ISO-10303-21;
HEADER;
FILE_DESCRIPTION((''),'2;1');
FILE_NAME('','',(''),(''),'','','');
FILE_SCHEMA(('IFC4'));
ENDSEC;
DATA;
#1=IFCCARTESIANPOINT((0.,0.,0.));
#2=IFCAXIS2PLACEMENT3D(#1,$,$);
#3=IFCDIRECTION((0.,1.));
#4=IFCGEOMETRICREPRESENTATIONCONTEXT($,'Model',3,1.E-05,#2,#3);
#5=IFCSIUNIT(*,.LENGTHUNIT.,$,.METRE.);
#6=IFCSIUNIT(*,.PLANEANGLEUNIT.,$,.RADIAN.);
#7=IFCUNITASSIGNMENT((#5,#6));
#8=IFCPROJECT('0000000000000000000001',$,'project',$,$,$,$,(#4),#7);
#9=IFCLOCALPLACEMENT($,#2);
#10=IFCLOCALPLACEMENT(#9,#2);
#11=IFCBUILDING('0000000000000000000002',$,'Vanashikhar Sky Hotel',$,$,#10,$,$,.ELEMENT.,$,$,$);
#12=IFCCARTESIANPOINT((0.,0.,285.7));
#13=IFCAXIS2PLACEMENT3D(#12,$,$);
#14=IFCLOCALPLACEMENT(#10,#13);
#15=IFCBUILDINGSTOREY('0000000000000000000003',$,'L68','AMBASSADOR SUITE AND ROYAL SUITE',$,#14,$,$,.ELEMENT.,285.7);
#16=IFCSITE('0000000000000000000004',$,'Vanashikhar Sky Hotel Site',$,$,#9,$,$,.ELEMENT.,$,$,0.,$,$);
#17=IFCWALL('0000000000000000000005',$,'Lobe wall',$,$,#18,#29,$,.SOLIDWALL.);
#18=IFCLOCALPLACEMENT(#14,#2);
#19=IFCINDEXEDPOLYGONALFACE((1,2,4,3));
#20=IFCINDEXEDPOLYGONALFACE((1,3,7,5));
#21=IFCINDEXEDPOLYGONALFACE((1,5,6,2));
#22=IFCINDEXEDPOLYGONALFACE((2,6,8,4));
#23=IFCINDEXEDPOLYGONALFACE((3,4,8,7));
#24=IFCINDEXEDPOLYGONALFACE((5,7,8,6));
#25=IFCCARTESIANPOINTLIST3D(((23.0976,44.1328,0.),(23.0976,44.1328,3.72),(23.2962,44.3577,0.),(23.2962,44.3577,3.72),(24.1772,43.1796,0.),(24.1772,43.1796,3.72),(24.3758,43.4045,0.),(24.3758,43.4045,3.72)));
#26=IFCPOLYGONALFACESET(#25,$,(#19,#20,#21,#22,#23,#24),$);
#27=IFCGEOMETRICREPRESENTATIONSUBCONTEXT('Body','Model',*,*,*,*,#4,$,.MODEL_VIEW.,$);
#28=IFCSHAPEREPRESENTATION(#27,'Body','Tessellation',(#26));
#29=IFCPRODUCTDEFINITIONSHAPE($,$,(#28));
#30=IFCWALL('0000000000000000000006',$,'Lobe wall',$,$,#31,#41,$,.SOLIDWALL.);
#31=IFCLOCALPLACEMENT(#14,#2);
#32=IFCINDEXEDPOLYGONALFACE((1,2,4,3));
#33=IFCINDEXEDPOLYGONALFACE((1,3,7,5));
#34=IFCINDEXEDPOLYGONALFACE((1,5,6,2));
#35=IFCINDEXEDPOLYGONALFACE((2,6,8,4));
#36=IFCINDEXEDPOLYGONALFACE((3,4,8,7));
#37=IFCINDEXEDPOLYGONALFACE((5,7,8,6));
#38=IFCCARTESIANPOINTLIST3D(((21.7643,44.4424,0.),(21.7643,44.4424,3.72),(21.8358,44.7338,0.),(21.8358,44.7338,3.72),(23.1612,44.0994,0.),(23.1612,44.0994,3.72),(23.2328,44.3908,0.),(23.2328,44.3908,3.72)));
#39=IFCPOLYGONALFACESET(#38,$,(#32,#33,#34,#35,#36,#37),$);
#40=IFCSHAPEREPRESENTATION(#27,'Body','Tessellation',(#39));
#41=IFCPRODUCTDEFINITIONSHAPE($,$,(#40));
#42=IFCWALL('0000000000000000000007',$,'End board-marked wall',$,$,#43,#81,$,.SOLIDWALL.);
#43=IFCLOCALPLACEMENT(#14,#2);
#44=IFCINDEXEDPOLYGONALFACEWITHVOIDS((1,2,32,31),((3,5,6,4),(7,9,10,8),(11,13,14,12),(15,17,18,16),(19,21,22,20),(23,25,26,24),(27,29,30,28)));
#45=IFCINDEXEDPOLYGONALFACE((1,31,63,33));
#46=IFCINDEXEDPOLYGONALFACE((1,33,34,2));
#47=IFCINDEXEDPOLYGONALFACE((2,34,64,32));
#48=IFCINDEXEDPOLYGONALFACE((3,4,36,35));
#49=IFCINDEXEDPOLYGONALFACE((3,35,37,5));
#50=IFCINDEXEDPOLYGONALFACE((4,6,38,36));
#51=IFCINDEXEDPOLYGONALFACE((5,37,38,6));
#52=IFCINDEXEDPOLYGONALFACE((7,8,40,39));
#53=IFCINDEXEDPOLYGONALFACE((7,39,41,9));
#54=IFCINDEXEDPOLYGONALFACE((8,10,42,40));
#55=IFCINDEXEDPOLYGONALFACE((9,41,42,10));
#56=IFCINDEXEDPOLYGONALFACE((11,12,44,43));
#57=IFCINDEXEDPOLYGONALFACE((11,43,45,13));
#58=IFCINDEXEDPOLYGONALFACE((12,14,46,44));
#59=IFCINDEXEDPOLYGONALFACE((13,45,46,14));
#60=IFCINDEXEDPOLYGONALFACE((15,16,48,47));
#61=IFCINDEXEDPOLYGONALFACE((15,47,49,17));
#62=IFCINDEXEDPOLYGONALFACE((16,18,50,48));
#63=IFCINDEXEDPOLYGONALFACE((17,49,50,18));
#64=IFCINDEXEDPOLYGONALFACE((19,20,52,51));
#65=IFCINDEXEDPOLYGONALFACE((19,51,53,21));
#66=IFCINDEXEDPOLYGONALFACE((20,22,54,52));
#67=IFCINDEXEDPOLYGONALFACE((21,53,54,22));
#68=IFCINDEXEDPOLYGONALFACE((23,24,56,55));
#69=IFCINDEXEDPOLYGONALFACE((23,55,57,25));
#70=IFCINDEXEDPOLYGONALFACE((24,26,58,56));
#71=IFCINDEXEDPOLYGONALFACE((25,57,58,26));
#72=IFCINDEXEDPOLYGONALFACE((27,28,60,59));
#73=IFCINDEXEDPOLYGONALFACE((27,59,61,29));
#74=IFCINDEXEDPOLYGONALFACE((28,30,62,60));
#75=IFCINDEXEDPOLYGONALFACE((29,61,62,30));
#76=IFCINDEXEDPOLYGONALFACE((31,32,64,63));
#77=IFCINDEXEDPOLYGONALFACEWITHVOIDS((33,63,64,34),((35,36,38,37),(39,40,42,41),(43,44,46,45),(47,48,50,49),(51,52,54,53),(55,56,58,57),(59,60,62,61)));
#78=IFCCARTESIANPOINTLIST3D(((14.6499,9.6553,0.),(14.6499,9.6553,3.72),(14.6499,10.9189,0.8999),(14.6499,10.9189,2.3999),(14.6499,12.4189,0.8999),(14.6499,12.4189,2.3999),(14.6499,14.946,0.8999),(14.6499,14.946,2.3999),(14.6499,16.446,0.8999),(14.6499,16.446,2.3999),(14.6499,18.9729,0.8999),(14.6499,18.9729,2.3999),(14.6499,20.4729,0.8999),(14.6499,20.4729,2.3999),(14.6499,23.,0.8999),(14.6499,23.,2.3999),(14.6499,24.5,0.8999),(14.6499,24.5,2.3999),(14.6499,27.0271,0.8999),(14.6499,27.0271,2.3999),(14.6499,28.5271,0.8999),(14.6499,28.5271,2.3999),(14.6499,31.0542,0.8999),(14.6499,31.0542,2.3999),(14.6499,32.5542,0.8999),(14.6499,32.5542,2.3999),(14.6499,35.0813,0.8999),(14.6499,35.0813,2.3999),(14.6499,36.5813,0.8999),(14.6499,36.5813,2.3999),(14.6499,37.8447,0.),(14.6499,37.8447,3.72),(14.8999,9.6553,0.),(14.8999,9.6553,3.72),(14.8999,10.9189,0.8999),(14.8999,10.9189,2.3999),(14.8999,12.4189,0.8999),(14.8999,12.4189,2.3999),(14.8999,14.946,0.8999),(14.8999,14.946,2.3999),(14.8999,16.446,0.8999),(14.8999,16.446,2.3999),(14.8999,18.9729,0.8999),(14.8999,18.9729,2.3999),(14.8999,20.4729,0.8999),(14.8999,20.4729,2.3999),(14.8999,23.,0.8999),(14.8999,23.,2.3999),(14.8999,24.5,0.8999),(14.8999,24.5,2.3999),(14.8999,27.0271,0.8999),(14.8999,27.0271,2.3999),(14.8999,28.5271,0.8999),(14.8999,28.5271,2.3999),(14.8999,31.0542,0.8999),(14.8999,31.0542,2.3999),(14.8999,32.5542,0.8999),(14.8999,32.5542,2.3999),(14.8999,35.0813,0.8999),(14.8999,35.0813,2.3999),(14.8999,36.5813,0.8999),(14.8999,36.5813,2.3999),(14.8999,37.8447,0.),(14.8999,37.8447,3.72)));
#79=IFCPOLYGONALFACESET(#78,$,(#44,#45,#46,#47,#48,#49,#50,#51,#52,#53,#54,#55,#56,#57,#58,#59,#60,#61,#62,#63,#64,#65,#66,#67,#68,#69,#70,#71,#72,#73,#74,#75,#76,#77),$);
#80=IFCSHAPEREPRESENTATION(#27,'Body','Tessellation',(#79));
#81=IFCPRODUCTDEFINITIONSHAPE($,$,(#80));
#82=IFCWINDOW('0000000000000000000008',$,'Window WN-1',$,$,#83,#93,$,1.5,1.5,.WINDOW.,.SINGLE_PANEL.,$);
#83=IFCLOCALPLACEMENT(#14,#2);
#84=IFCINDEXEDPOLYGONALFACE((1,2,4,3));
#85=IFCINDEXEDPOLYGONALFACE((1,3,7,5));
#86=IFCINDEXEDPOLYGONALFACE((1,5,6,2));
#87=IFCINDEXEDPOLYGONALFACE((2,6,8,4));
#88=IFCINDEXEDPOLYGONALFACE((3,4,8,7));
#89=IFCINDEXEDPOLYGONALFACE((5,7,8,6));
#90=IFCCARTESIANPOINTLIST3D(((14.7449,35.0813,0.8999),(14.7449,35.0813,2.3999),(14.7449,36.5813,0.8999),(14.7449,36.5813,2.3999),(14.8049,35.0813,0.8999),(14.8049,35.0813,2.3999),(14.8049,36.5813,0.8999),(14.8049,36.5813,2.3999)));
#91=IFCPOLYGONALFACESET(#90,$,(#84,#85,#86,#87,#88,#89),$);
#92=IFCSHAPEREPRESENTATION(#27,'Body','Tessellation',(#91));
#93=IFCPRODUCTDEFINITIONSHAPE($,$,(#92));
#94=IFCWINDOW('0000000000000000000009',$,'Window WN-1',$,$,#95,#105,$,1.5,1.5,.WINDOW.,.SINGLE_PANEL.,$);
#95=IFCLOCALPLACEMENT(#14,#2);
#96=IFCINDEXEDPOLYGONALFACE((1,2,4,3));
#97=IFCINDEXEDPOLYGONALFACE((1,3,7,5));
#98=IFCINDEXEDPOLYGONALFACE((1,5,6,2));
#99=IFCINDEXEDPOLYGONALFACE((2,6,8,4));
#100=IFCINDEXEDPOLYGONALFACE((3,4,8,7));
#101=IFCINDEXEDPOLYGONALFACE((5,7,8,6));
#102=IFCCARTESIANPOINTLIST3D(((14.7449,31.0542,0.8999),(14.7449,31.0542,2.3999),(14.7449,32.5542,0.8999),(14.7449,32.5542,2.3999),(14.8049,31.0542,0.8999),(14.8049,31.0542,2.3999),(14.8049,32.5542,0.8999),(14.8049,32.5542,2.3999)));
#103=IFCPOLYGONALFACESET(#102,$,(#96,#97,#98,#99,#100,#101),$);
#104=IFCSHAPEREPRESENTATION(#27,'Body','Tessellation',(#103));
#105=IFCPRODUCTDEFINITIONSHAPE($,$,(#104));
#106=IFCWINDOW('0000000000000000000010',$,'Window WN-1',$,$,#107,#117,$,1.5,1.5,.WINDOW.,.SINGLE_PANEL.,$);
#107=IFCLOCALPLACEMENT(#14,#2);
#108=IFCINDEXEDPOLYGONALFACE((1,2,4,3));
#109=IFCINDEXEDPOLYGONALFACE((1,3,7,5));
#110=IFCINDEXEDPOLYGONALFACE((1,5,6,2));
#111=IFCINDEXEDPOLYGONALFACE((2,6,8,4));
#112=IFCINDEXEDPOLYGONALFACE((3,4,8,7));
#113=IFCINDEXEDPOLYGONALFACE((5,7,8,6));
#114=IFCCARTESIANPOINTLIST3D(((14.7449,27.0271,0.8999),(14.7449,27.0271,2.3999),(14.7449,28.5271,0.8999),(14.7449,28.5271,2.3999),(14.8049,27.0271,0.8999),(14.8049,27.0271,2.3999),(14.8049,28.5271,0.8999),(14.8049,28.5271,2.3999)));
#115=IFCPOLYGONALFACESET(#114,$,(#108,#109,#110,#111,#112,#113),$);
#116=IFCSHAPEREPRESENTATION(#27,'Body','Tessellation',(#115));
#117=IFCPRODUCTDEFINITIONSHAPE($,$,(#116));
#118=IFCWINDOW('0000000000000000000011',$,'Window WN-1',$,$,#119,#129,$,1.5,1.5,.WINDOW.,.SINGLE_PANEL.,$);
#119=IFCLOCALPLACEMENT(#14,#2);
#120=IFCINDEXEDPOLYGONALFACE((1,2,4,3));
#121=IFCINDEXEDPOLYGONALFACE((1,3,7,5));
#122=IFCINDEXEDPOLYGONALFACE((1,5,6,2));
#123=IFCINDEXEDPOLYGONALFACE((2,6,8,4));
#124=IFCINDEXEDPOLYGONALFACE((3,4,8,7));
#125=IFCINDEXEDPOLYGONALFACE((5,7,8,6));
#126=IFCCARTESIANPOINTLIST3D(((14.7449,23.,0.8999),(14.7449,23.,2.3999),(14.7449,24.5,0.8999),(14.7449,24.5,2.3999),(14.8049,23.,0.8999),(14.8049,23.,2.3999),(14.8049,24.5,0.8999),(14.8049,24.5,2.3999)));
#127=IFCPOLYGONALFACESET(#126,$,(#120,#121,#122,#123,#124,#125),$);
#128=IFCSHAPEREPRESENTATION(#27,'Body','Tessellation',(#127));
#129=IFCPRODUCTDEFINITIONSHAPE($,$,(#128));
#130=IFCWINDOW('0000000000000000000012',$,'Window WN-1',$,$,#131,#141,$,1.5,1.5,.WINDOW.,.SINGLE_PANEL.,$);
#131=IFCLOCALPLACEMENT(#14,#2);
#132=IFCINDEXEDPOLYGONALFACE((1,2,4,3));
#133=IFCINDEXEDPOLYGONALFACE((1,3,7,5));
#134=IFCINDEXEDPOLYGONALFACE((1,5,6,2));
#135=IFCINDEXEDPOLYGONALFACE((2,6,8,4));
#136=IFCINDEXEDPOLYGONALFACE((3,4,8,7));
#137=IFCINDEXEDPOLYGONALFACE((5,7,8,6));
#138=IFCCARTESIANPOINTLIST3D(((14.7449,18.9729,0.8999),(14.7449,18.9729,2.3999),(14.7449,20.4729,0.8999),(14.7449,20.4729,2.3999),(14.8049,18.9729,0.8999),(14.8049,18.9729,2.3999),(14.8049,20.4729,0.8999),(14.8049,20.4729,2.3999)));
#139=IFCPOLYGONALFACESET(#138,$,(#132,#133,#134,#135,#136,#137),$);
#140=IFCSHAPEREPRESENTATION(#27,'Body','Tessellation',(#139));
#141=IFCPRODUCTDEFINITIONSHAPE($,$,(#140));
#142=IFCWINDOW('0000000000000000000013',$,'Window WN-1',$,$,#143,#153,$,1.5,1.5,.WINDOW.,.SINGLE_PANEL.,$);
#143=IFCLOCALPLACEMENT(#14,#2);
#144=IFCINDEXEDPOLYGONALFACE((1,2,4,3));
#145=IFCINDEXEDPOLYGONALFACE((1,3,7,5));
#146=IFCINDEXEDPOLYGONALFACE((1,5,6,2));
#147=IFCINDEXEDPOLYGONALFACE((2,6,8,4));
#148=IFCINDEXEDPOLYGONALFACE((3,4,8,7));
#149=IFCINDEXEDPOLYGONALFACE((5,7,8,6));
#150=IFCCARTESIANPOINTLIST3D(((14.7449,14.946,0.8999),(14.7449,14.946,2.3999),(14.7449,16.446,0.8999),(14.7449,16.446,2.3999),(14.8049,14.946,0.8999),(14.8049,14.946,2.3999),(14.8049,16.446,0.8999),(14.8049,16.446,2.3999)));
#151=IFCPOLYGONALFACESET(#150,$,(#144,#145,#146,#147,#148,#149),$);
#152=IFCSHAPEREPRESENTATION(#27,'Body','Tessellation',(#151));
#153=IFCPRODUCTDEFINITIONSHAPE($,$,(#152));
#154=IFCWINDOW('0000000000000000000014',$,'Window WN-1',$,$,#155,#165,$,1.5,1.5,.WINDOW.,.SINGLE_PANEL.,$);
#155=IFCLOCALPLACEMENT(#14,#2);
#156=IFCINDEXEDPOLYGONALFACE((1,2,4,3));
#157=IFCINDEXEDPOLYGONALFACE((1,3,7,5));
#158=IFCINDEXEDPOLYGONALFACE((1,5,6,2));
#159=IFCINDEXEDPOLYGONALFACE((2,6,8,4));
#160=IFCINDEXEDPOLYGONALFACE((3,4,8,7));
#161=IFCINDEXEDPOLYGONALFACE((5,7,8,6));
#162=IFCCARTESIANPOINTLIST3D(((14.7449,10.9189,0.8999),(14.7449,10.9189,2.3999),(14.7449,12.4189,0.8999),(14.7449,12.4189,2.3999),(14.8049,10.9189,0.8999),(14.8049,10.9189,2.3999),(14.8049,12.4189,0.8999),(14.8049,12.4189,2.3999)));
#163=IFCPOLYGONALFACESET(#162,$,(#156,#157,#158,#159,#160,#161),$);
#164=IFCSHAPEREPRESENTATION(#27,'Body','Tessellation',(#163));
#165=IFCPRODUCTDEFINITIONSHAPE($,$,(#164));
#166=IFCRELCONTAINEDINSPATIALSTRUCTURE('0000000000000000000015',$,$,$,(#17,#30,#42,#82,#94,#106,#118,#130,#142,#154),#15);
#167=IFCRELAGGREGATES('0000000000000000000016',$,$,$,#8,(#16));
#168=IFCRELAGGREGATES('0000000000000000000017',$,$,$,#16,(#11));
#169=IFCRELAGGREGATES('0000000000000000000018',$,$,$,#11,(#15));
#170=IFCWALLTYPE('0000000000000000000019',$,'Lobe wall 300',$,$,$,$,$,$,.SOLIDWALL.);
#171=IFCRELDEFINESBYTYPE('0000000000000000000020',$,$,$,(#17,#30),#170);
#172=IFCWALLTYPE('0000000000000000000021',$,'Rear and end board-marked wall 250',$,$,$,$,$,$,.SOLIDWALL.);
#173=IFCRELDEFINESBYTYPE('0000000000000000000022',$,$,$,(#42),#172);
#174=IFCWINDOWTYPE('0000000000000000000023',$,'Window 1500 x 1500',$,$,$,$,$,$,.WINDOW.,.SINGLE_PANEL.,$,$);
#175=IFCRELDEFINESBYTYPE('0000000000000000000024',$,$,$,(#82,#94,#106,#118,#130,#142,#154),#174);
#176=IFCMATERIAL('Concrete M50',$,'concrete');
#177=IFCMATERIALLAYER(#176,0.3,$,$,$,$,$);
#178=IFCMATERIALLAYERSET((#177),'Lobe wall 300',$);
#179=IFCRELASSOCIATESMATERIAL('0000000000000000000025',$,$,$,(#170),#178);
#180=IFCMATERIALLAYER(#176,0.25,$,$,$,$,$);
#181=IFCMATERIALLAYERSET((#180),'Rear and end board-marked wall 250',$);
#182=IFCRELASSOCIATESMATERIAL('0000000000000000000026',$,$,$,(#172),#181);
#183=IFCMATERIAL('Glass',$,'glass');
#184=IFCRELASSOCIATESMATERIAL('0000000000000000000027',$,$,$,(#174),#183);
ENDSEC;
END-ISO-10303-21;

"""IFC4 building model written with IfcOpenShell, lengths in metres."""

from ifc_helpers import new_model, si_unit, direction, frame, frame_2d, origin, place, context, subcontext, project, spatial, rectangle, extrude, source, transform, mapped, material, layer, layer_set, type_object, element, fill, save


model = new_model("IFC4")

# Units and contexts
model_context = context("Model", 3, precision=1e-05, world=origin(), true_north=direction((0.0, 1.0)))
body_context = subcontext(model_context, "Body", "Model", "MODEL_VIEW")
ifc_project = project(units=[si_unit("LENGTHUNIT", "METRE"), si_unit("PLANEANGLEUNIT", "RADIAN")], contexts=[model_context])

# Site, building, storey
site_placement = place(None, origin())
site = spatial("IfcSite", under=ifc_project, at=site_placement, Name="Vanashikhar Sky Hotel Site", CompositionType="ELEMENT", RefElevation=0.0)
building_placement = place(site_placement, origin())
building = spatial("IfcBuilding", under=site, at=building_placement, Name="Vanashikhar Sky Hotel", CompositionType="ELEMENT")
storey_placement = place(building_placement, frame((0.0, 0.0, 285.7)))
storey = spatial("IfcBuildingStorey", under=building, at=storey_placement, Name="L68", Description="AMBASSADOR SUITE AND ROYAL SUITE", CompositionType="ELEMENT", Elevation=285.7)

# Shared definitions
ifc_material_1 = material(Name="Concrete M50", Category="concrete")

# Shared definitions
ifc_layer_1 = layer(ifc_material_1, 0.3)
ifc_layer_set_1 = layer_set([ifc_layer_1], Name="Lobe wall 300")
wall_type_1 = type_object("IfcWallType", Name="Lobe wall 300", PredefinedType="SOLIDWALL", material=ifc_layer_set_1)
ifc_material_2 = material(Name="Glass", Category="glass")

# Walls
shared_shape_1 = source(origin(), body_context, "Body", "SweptSolid", [
    extrude(rectangle(XDim=1.4402, YDim=0.3, at=frame_2d((0.7202, 0.0))), origin(), (0.0, 0.0, 1.0), 3.72),
])
wall_1_placement = place(storey_placement, frame((24.2766, 43.292, 0.0), z_axis=(0.0, 0.0, 1.0), x_axis=(-0.74965, 0.661835, 0.0)))
element("IfcWall", 1, at=wall_1_placement, inside=storey, type_object=wall_type_1, Name="Lobe wall", PredefinedType="SOLIDWALL", context=body_context, shape_type="MappedRepresentation", body=[
    mapped(shared_shape_1, transform((0.0, 0.0, 0.0), scale=1.0)),
])
shared_shape_2 = source(origin(), body_context, "Body", "SweptSolid", [
    extrude(rectangle(XDim=1.4385, YDim=0.3, at=frame_2d((0.7192, 0.0))), origin(), (0.0, 0.0, 1.0), 3.72),
])
wall_2_placement = place(storey_placement, frame((23.197, 44.2451, 0.0), z_axis=(0.0, 0.0, 1.0), x_axis=(-0.971152, 0.23846, 0.0)))
element("IfcWall", 2, at=wall_2_placement, inside=storey, type_object=wall_type_1, Name="Lobe wall", PredefinedType="SOLIDWALL", context=body_context, shape_type="MappedRepresentation", body=[
    mapped(shared_shape_2, transform((0.0, 0.0, 0.0), scale=1.0)),
])

# Wall, openings, windows
ifc_layer_2 = layer(ifc_material_1, 0.25)
ifc_layer_set_2 = layer_set([ifc_layer_2], Name="Rear and end board-marked wall 250")
wall_type_2 = type_object("IfcWallType", Name="Rear and end board-marked wall 250", PredefinedType="SOLIDWALL", material=ifc_layer_set_2)
shared_shape_3 = source(origin(), body_context, "Body", "SweptSolid", [
    extrude(rectangle(XDim=28.1895, YDim=0.25, at=frame_2d((14.0947, 0.0))), origin(), (0.0, 0.0, 1.0), 3.72),
])
wall_3_placement = place(storey_placement, frame((14.7749, 37.8447, 0.0), z_axis=(0.0, 0.0, 1.0), x_axis=(0.0, -1.0, 0.0)))
wall_3 = element("IfcWall", 3, at=wall_3_placement, inside=storey, type_object=wall_type_2, Name="End board-marked wall", PredefinedType="SOLIDWALL", context=body_context, shape_type="MappedRepresentation", body=[
    mapped(shared_shape_3, transform((0.0, 0.0, 0.0), scale=1.0)),
])
shared_shape_4 = source(origin(), body_context, "Body", "SweptSolid", [
    extrude(rectangle(XDim=1.5, YDim=1.5, at=frame_2d((0.75, 0.75))), frame((0.0, 0.135, 0.0), z_axis=(0.0, -1.0, 0.0), x_axis=(1.0, 0.0, 0.0)), (0.0, 0.0, 1.0), 0.27),
])
opening_1_placement = place(wall_3_placement, frame((1.2634, 0.0, 0.8999)))
opening_1 = element("IfcOpeningElement", 4, at=opening_1_placement, cuts=wall_3, PredefinedType="OPENING", context=body_context, shape_type="MappedRepresentation", body=[
    mapped(shared_shape_4, transform((0.0, 0.0, 0.0), scale=1.0)),
])
opening_2_placement = place(wall_3_placement, frame((5.2905, 0.0, 0.8999)))
opening_2 = element("IfcOpeningElement", 5, at=opening_2_placement, cuts=wall_3, PredefinedType="OPENING", context=body_context, shape_type="MappedRepresentation", body=[
    mapped(shared_shape_4, transform((0.0, 0.0, 0.0), scale=1.0)),
])
opening_3_placement = place(wall_3_placement, frame((9.3176, 0.0, 0.8999)))
opening_3 = element("IfcOpeningElement", 6, at=opening_3_placement, cuts=wall_3, PredefinedType="OPENING", context=body_context, shape_type="MappedRepresentation", body=[
    mapped(shared_shape_4, transform((0.0, 0.0, 0.0), scale=1.0)),
])
opening_4_placement = place(wall_3_placement, frame((13.3447, 0.0, 0.8999)))
opening_4 = element("IfcOpeningElement", 7, at=opening_4_placement, cuts=wall_3, PredefinedType="OPENING", context=body_context, shape_type="MappedRepresentation", body=[
    mapped(shared_shape_4, transform((0.0, 0.0, 0.0), scale=1.0)),
])
opening_5_placement = place(wall_3_placement, frame((17.3718, 0.0, 0.8999)))
opening_5 = element("IfcOpeningElement", 8, at=opening_5_placement, cuts=wall_3, PredefinedType="OPENING", context=body_context, shape_type="MappedRepresentation", body=[
    mapped(shared_shape_4, transform((0.0, 0.0, 0.0), scale=1.0)),
])
opening_6_placement = place(wall_3_placement, frame((21.3987, 0.0, 0.8999)))
opening_6 = element("IfcOpeningElement", 9, at=opening_6_placement, cuts=wall_3, PredefinedType="OPENING", context=body_context, shape_type="MappedRepresentation", body=[
    mapped(shared_shape_4, transform((0.0, 0.0, 0.0), scale=1.0)),
])
opening_7_placement = place(wall_3_placement, frame((25.4258, 0.0, 0.8999)))
opening_7 = element("IfcOpeningElement", 10, at=opening_7_placement, cuts=wall_3, PredefinedType="OPENING", context=body_context, shape_type="MappedRepresentation", body=[
    mapped(shared_shape_4, transform((0.0, 0.0, 0.0), scale=1.0)),
])
window_type_1 = type_object("IfcWindowType", Name="Window 1500 x 1500", PartitioningType="SINGLE_PANEL", PredefinedType="WINDOW", material=ifc_material_2)
shared_shape_5 = source(origin(), body_context, "Body", "SweptSolid", [
    extrude(rectangle(XDim=1.5, YDim=1.5, at=frame_2d((0.75, 0.75))), frame((0.0, 0.03, 0.0), z_axis=(0.0, -1.0, 0.0), x_axis=(1.0, 0.0, 0.0)), (0.0, 0.0, 1.0), 0.0601),
])
window_1_placement = place(opening_1_placement, origin())
window_1 = element("IfcWindow", 11, at=window_1_placement, inside=storey, type_object=window_type_1, Name="Window WN-1", OverallHeight=1.5, OverallWidth=1.5, PartitioningType="SINGLE_PANEL", PredefinedType="WINDOW", context=body_context, shape_type="MappedRepresentation", body=[
    mapped(shared_shape_5, transform((0.0, 0.0, 0.0), scale=1.0)),
])
fill(opening_1, window_1)
window_2_placement = place(opening_2_placement, origin())
window_2 = element("IfcWindow", 12, at=window_2_placement, inside=storey, type_object=window_type_1, Name="Window WN-1", OverallHeight=1.5, OverallWidth=1.5, PartitioningType="SINGLE_PANEL", PredefinedType="WINDOW", context=body_context, shape_type="MappedRepresentation", body=[
    mapped(shared_shape_5, transform((0.0, 0.0, 0.0), scale=1.0)),
])
fill(opening_2, window_2)
window_3_placement = place(opening_3_placement, origin())
window_3 = element("IfcWindow", 13, at=window_3_placement, inside=storey, type_object=window_type_1, Name="Window WN-1", OverallHeight=1.5, OverallWidth=1.5, PartitioningType="SINGLE_PANEL", PredefinedType="WINDOW", context=body_context, shape_type="MappedRepresentation", body=[
    mapped(shared_shape_5, transform((0.0, 0.0, 0.0), scale=1.0)),
])
fill(opening_3, window_3)
window_4_placement = place(opening_4_placement, origin())
window_4 = element("IfcWindow", 14, at=window_4_placement, inside=storey, type_object=window_type_1, Name="Window WN-1", OverallHeight=1.5, OverallWidth=1.5, PartitioningType="SINGLE_PANEL", PredefinedType="WINDOW", context=body_context, shape_type="MappedRepresentation", body=[
    mapped(shared_shape_5, transform((0.0, 0.0, 0.0), scale=1.0)),
])
fill(opening_4, window_4)
window_5_placement = place(opening_5_placement, origin())
window_5 = element("IfcWindow", 15, at=window_5_placement, inside=storey, type_object=window_type_1, Name="Window WN-1", OverallHeight=1.5, OverallWidth=1.5, PartitioningType="SINGLE_PANEL", PredefinedType="WINDOW", context=body_context, shape_type="MappedRepresentation", body=[
    mapped(shared_shape_5, transform((0.0, 0.0, 0.0), scale=1.0)),
])
fill(opening_5, window_5)
window_6_placement = place(opening_6_placement, origin())
window_6 = element("IfcWindow", 16, at=window_6_placement, inside=storey, type_object=window_type_1, Name="Window WN-1", OverallHeight=1.5, OverallWidth=1.5, PartitioningType="SINGLE_PANEL", PredefinedType="WINDOW", context=body_context, shape_type="MappedRepresentation", body=[
    mapped(shared_shape_5, transform((0.0, 0.0, 0.0), scale=1.0)),
])
fill(opening_6, window_6)
window_7_placement = place(opening_7_placement, origin())
window_7 = element("IfcWindow", 17, at=window_7_placement, inside=storey, type_object=window_type_1, Name="Window WN-1", OverallHeight=1.5, OverallWidth=1.5, PartitioningType="SINGLE_PANEL", PredefinedType="WINDOW", context=body_context, shape_type="MappedRepresentation", body=[
    mapped(shared_shape_5, transform((0.0, 0.0, 0.0), scale=1.0)),
])
fill(opening_7, window_7)

save(model, "model.ifc")
